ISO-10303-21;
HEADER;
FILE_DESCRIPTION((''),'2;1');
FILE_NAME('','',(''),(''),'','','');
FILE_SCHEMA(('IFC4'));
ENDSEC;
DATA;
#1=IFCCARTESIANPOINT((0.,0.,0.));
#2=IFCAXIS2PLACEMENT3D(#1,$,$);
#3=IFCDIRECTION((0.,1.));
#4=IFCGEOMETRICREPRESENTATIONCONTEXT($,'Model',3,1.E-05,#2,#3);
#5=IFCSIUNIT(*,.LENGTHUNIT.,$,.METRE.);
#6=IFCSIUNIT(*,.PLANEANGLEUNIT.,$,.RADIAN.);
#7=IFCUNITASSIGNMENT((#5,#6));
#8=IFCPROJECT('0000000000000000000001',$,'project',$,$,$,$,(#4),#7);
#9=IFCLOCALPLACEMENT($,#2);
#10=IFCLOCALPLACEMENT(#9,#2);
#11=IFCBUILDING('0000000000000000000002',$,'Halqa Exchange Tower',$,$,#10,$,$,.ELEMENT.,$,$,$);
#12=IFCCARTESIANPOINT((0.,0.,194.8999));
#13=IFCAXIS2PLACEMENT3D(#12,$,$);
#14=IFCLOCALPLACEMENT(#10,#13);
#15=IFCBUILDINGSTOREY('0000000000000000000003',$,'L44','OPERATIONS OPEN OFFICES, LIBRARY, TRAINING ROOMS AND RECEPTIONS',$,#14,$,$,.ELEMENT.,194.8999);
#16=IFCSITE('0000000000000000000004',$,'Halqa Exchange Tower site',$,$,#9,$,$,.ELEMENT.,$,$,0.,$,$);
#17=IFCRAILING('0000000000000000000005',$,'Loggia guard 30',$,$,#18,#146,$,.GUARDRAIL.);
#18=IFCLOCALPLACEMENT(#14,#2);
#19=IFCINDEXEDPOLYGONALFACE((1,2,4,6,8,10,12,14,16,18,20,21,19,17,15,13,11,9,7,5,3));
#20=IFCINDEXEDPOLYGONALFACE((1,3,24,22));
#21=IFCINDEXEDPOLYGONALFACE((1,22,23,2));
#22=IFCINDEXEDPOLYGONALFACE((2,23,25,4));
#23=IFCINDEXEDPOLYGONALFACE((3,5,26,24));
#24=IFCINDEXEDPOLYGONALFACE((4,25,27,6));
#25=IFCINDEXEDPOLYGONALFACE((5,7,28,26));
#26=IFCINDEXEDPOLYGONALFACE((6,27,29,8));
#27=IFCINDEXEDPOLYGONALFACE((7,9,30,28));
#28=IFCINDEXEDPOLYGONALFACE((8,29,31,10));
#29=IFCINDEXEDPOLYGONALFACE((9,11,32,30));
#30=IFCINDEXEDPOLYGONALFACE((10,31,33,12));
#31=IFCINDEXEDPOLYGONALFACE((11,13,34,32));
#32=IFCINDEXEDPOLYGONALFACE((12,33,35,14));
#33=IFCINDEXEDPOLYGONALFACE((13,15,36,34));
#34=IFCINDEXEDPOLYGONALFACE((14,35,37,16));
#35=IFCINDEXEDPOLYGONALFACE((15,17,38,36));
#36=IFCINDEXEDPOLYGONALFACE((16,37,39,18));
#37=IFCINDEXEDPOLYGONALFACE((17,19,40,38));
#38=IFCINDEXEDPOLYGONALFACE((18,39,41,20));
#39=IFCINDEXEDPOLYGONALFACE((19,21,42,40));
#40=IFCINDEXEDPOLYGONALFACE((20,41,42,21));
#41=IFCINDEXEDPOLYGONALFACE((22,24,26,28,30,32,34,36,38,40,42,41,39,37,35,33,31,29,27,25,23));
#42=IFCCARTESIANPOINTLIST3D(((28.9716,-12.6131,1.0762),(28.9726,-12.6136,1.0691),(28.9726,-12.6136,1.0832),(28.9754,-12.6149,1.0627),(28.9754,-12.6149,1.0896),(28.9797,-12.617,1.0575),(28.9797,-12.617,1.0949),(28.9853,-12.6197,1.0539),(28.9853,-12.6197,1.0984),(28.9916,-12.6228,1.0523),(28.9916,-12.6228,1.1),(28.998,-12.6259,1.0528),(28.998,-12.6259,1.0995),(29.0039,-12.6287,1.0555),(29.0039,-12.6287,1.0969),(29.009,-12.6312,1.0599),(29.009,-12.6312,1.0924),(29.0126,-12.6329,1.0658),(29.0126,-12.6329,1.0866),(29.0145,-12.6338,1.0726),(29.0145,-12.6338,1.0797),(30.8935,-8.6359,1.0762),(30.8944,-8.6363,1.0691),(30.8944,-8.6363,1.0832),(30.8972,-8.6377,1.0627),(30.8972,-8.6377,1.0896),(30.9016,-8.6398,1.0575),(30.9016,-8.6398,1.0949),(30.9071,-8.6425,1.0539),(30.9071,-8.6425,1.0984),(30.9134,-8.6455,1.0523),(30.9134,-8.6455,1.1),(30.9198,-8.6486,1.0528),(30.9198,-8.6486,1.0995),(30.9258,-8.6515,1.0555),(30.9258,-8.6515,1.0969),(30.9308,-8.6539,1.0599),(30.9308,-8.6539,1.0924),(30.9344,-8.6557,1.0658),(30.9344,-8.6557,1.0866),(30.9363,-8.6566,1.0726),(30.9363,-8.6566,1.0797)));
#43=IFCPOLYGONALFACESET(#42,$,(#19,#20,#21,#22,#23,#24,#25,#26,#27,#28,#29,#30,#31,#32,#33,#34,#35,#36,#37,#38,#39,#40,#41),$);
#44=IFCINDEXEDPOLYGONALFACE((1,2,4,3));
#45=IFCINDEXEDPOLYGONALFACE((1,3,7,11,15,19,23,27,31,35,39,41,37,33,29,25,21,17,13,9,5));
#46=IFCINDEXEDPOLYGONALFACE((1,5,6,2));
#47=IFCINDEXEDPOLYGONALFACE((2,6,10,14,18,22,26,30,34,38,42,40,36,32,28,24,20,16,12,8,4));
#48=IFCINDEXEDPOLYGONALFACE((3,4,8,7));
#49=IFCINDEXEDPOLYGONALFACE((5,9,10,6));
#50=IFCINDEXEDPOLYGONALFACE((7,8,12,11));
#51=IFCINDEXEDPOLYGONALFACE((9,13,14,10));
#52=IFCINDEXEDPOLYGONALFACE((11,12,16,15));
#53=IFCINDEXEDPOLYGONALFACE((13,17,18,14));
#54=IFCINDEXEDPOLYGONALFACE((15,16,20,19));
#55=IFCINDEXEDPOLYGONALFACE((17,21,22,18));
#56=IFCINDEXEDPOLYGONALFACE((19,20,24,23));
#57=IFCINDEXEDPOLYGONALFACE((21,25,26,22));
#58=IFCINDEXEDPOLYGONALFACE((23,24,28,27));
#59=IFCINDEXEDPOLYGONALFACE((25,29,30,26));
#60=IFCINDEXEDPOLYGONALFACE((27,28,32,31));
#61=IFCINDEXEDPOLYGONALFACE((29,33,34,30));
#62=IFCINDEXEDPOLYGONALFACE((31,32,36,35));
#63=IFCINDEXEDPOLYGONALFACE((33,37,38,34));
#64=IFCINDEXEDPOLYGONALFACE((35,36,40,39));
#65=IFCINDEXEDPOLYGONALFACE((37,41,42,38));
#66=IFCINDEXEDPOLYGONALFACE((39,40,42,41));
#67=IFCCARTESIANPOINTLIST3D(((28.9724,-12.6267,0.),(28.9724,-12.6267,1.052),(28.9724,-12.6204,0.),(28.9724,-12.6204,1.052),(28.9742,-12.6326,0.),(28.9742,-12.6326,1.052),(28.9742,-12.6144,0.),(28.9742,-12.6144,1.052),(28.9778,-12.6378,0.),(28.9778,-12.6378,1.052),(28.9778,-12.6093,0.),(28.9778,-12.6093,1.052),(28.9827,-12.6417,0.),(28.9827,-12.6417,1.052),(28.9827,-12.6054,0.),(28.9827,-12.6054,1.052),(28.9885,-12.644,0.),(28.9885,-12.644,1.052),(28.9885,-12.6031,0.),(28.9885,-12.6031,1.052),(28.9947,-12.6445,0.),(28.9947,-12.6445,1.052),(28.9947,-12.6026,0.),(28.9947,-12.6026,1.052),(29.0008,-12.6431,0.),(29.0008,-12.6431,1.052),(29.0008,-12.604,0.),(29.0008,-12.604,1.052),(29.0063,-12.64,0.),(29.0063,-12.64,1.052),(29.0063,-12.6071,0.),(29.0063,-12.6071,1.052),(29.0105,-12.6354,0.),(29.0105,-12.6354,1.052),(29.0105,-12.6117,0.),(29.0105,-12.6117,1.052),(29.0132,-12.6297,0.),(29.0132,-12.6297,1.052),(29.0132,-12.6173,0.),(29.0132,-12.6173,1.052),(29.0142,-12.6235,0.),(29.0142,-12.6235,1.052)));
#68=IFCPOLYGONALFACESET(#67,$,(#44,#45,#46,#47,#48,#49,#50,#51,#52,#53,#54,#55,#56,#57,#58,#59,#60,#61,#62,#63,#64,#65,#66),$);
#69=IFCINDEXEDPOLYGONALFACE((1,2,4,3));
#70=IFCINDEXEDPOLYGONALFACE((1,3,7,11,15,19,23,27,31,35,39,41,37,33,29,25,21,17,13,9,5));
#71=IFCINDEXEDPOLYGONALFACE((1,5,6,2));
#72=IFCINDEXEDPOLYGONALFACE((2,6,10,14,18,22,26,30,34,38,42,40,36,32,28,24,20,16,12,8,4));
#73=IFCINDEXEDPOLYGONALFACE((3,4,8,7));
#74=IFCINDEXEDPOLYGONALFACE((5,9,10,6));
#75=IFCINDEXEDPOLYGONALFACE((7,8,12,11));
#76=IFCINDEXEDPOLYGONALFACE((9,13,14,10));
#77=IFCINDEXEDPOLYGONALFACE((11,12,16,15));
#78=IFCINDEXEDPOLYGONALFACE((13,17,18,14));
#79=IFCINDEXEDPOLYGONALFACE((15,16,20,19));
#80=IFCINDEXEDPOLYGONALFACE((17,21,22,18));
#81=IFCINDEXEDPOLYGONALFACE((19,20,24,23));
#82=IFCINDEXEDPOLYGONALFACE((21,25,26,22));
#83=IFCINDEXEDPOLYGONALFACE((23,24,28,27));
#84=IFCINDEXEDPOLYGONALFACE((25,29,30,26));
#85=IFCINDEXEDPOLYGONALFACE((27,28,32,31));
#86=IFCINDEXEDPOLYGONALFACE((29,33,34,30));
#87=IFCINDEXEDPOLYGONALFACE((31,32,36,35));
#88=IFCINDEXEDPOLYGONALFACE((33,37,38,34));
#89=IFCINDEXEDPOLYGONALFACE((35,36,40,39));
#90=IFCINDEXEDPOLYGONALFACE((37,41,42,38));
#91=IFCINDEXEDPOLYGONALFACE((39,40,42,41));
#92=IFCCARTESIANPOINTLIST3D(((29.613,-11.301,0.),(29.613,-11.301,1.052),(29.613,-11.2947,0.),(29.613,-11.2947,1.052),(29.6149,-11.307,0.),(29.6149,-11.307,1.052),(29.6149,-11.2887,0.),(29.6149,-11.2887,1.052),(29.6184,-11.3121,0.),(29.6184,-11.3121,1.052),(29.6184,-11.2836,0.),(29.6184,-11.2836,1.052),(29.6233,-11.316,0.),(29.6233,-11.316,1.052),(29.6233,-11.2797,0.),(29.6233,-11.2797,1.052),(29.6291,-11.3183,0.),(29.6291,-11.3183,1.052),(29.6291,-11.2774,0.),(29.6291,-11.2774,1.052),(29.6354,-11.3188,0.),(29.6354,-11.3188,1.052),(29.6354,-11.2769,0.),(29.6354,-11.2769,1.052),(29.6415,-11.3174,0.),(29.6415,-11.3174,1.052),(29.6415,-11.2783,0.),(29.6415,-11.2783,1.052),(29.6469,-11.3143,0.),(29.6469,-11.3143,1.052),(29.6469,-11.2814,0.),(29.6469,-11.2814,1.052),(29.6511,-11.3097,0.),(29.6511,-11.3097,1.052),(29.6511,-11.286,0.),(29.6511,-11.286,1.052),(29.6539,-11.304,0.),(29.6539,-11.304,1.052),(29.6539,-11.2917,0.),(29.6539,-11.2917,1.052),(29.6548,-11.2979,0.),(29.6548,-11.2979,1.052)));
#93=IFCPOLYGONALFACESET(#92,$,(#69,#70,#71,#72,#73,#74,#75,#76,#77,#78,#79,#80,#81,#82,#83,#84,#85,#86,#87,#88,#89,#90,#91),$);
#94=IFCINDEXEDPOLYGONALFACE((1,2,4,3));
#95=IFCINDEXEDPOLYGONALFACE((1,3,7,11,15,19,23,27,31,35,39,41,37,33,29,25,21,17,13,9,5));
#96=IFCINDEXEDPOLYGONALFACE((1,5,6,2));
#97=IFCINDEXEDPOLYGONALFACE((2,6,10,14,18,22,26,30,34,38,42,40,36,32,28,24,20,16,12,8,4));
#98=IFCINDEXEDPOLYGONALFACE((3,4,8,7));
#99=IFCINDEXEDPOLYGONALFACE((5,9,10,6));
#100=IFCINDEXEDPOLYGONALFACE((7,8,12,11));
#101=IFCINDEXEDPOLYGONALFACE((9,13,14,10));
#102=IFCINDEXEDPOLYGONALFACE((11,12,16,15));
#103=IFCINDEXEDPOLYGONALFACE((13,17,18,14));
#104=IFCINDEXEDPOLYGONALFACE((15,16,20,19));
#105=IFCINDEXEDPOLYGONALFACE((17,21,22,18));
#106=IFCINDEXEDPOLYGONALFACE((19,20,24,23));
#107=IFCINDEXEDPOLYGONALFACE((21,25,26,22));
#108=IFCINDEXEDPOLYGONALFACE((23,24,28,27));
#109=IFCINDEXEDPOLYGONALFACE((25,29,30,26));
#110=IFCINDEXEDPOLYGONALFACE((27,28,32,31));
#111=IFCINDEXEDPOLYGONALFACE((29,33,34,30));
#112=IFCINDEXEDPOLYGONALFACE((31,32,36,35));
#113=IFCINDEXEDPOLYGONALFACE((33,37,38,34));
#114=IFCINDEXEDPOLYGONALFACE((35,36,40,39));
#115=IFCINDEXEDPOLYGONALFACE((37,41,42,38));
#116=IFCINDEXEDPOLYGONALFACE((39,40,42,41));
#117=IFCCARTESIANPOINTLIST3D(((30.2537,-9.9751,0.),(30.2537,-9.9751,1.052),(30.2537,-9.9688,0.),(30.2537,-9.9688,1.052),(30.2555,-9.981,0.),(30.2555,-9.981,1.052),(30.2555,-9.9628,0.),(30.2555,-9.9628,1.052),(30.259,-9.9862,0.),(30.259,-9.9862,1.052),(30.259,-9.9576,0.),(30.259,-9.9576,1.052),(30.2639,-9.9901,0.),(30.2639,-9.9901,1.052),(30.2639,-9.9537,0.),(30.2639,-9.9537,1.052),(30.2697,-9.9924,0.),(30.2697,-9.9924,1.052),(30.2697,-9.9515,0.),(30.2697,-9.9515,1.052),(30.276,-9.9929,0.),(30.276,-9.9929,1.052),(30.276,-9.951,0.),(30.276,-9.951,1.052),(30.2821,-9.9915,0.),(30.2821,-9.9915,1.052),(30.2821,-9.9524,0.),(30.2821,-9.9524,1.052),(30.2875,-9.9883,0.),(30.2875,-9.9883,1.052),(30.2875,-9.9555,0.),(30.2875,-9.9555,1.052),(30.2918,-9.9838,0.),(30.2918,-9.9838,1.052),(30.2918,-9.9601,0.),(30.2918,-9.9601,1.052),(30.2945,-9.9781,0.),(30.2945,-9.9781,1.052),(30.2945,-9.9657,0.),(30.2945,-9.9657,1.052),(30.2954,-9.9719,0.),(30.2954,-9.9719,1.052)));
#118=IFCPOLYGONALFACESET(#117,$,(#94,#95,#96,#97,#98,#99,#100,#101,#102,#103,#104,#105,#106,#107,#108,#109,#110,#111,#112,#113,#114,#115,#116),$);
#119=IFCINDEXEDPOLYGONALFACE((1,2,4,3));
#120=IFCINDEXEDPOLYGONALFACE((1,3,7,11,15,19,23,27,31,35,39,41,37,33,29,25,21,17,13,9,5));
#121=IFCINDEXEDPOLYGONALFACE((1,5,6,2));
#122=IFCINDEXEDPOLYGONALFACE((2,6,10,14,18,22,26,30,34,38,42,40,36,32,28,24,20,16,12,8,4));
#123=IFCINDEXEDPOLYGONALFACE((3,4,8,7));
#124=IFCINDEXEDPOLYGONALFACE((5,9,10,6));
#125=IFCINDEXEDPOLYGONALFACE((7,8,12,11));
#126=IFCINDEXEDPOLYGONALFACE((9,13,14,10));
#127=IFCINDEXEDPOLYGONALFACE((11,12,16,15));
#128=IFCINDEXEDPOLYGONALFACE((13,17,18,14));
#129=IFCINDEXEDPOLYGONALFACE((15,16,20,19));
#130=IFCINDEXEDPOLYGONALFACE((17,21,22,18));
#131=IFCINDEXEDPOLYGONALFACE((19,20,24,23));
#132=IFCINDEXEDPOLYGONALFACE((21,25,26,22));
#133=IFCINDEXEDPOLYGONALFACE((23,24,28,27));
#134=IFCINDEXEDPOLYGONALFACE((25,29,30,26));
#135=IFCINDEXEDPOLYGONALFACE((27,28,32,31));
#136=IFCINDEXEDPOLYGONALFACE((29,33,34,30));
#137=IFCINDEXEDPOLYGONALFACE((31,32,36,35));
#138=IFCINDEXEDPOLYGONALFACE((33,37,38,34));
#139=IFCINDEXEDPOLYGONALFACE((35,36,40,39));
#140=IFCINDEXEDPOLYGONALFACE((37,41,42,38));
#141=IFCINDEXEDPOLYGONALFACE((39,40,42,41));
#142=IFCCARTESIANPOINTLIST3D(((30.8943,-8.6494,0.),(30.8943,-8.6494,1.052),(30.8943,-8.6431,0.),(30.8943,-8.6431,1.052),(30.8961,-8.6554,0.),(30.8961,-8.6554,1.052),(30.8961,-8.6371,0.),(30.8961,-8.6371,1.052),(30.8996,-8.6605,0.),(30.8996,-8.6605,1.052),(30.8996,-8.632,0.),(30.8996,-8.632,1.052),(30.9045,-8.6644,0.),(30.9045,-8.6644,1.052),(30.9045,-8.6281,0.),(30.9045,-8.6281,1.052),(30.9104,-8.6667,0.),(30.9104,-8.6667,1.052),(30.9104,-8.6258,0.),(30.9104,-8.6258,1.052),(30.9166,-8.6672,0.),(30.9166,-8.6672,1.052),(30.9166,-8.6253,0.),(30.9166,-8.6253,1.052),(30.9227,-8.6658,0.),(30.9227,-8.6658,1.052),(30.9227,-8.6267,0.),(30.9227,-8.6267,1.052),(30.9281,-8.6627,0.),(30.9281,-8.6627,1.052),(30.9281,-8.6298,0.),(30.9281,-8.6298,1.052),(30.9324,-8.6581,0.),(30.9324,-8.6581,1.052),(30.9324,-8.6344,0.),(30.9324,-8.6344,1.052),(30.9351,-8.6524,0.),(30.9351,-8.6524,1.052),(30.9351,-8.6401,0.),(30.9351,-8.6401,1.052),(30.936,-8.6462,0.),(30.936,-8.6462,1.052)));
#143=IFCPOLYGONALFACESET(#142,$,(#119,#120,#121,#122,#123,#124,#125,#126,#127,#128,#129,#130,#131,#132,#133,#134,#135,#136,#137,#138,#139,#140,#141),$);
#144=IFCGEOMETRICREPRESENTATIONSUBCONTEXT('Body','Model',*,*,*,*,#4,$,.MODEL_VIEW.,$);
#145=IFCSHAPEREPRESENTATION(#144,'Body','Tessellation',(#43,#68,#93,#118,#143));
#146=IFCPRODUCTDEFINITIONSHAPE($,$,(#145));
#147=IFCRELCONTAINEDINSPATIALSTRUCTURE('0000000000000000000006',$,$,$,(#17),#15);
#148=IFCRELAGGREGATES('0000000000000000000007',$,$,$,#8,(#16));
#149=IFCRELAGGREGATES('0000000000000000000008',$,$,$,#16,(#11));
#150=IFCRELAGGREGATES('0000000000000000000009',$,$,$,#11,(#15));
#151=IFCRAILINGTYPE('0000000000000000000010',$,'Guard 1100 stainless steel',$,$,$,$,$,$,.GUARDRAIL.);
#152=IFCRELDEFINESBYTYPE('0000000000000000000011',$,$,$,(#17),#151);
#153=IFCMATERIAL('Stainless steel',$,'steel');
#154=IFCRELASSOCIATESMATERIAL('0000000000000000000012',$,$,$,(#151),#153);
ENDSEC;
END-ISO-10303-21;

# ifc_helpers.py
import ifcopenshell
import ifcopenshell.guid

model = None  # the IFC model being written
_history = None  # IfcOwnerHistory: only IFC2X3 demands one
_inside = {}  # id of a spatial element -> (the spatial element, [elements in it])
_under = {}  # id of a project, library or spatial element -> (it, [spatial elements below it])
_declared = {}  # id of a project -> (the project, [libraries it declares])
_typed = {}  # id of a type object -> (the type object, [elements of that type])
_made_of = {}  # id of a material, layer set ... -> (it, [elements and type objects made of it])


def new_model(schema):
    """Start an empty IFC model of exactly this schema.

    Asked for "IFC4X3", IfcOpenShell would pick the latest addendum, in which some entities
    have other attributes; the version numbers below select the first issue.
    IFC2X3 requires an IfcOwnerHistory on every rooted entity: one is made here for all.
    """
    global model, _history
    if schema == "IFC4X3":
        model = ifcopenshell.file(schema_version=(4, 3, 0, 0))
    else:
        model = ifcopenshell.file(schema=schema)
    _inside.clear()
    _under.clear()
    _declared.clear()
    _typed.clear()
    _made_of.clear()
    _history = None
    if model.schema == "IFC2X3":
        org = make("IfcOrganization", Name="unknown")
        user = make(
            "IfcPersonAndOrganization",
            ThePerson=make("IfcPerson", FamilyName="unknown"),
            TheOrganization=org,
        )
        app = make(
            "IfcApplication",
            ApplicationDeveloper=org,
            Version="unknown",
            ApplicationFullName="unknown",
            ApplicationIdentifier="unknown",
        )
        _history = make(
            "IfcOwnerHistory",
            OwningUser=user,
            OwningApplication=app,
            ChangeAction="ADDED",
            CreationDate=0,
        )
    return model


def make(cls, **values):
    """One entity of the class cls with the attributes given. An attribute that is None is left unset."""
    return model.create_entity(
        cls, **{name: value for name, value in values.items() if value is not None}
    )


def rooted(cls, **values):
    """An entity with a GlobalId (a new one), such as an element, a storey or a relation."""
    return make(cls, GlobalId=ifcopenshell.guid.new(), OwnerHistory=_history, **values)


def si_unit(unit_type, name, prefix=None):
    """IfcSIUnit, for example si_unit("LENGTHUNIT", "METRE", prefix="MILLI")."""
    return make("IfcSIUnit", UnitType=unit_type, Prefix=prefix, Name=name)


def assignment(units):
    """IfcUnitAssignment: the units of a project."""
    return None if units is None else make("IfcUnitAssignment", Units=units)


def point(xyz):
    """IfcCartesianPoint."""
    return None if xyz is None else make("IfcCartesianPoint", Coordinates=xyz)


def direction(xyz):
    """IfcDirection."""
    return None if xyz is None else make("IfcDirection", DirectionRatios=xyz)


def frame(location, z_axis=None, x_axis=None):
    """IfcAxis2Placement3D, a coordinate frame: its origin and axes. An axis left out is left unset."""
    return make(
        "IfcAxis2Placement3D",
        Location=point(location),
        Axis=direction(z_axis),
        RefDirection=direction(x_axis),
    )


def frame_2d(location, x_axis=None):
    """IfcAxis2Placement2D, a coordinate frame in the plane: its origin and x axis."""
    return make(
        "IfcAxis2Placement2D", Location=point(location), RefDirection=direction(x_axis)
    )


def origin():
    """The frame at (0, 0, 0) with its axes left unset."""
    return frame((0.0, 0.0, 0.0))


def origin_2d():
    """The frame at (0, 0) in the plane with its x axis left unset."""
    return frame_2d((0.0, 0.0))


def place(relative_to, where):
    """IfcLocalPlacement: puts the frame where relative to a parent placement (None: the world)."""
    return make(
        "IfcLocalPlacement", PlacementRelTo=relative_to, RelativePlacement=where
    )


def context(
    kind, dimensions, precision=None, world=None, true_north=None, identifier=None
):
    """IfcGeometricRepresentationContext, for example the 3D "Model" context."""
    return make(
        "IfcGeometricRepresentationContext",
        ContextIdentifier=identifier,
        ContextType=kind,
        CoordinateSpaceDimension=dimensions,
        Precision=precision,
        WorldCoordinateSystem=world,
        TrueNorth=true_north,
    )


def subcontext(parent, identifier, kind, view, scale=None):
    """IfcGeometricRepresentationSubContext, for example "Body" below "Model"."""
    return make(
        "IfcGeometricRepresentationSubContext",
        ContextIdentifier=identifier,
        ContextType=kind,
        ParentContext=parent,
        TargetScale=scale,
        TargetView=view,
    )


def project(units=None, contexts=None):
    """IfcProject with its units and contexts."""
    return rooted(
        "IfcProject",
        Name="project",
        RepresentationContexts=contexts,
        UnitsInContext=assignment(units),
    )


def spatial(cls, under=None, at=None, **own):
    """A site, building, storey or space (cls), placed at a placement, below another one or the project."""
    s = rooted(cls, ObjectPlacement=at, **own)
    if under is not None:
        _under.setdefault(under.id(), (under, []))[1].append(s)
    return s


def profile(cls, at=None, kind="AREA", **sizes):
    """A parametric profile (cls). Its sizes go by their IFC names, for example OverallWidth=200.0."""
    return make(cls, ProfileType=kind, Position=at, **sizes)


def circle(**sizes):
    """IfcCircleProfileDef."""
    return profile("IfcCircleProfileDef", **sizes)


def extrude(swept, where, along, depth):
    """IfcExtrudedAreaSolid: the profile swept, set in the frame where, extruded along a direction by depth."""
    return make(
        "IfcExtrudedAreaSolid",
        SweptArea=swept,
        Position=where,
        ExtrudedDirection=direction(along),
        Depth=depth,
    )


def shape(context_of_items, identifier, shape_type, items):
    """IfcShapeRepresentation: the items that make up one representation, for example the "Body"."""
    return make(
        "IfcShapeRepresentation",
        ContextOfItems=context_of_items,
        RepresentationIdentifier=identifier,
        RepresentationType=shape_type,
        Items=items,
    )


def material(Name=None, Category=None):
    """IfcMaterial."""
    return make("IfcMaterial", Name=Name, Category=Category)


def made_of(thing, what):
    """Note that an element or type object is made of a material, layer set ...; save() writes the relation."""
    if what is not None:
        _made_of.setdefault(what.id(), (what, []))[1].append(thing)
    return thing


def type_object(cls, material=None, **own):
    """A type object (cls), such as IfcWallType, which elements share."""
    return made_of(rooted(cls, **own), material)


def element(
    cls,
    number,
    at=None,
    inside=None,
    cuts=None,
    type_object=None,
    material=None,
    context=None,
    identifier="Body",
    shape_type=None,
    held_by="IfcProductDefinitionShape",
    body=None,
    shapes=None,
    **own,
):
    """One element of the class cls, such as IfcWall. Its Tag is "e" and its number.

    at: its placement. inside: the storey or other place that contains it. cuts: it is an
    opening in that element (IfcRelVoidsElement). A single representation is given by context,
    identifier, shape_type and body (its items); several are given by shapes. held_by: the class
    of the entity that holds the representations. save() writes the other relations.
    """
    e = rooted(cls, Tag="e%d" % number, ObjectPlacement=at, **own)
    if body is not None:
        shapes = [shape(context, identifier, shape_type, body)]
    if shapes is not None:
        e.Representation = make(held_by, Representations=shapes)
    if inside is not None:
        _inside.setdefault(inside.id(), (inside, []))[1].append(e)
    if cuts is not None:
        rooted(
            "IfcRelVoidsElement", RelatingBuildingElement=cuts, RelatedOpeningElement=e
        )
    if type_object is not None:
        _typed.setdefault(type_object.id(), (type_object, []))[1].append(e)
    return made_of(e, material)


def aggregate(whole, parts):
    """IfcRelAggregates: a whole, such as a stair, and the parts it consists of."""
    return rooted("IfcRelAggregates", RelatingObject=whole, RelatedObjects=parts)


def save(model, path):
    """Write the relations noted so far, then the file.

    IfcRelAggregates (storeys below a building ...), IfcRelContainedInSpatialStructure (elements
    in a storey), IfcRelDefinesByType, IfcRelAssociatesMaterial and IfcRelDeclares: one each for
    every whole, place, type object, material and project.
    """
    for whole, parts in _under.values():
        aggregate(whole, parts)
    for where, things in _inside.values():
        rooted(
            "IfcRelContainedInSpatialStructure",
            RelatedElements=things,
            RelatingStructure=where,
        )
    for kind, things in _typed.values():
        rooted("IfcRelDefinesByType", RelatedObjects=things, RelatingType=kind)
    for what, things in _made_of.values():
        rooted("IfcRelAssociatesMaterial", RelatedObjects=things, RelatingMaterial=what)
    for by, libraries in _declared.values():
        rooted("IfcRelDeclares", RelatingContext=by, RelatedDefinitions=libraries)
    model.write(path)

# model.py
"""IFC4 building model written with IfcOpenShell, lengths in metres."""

from ifc_helpers import new_model, si_unit, direction, frame, origin, origin_2d, place, context, subcontext, project, spatial, circle, extrude, material, type_object, element, save


model = new_model("IFC4")

# Units and contexts
model_context = context("Model", 3, precision=1e-05, world=origin(), true_north=direction((0.0, 1.0)))
body_context = subcontext(model_context, "Body", "Model", "MODEL_VIEW")
ifc_project = project(units=[si_unit("LENGTHUNIT", "METRE"), si_unit("PLANEANGLEUNIT", "RADIAN")], contexts=[model_context])

# Site, building, storey
site_placement = place(None, origin())
site = spatial("IfcSite", under=ifc_project, at=site_placement, Name="Halqa Exchange Tower site", CompositionType="ELEMENT", RefElevation=0.0)
building_placement = place(site_placement, origin())
building = spatial("IfcBuilding", under=site, at=building_placement, Name="Halqa Exchange Tower", CompositionType="ELEMENT")
storey_placement = place(building_placement, frame((0.0, 0.0, 194.8999)))
storey = spatial("IfcBuildingStorey", under=building, at=storey_placement, Name="L44", Description="OPERATIONS OPEN OFFICES, LIBRARY, TRAINING ROOMS AND RECEPTIONS", CompositionType="ELEMENT", Elevation=194.8999)

# Railing
ifc_material_1 = material(Name="Stainless steel", Category="steel")
railing_type = type_object("IfcRailingType", Name="Guard 1100 stainless steel", PredefinedType="GUARDRAIL", material=ifc_material_1)
railing_1_placement = place(storey_placement, frame((28.9932, -12.6235, 0.0)))
element("IfcRailing", 1, at=railing_1_placement, inside=storey, type_object=railing_type, Name="Loggia guard 30", PredefinedType="GUARDRAIL", context=body_context, shape_type="SweptSolid", body=[
    extrude(circle(Radius=0.0239, at=origin_2d()), frame((0.0, 0.0, 1.0762), z_axis=(0.43508, 0.900392, 0.0), x_axis=(-0.900392, 0.43508, 0.0)), (0.0, 0.0, 1.0), 4.4172),
    extrude(circle(Radius=0.021, at=origin_2d()), origin(), (0.0, 0.0, 1.0), 1.052),
    extrude(circle(Radius=0.021, at=origin_2d()), frame((0.6406, 1.3257, 0.0)), (0.0, 0.0, 1.0), 1.052),
    extrude(circle(Radius=0.021, at=origin_2d()), frame((1.2812, 2.6516, 0.0)), (0.0, 0.0, 1.0), 1.052),
    extrude(circle(Radius=0.021, at=origin_2d()), frame((1.9219, 3.9773, 0.0)), (0.0, 0.0, 1.0), 1.052),
])

save(model, "model.ifc")
